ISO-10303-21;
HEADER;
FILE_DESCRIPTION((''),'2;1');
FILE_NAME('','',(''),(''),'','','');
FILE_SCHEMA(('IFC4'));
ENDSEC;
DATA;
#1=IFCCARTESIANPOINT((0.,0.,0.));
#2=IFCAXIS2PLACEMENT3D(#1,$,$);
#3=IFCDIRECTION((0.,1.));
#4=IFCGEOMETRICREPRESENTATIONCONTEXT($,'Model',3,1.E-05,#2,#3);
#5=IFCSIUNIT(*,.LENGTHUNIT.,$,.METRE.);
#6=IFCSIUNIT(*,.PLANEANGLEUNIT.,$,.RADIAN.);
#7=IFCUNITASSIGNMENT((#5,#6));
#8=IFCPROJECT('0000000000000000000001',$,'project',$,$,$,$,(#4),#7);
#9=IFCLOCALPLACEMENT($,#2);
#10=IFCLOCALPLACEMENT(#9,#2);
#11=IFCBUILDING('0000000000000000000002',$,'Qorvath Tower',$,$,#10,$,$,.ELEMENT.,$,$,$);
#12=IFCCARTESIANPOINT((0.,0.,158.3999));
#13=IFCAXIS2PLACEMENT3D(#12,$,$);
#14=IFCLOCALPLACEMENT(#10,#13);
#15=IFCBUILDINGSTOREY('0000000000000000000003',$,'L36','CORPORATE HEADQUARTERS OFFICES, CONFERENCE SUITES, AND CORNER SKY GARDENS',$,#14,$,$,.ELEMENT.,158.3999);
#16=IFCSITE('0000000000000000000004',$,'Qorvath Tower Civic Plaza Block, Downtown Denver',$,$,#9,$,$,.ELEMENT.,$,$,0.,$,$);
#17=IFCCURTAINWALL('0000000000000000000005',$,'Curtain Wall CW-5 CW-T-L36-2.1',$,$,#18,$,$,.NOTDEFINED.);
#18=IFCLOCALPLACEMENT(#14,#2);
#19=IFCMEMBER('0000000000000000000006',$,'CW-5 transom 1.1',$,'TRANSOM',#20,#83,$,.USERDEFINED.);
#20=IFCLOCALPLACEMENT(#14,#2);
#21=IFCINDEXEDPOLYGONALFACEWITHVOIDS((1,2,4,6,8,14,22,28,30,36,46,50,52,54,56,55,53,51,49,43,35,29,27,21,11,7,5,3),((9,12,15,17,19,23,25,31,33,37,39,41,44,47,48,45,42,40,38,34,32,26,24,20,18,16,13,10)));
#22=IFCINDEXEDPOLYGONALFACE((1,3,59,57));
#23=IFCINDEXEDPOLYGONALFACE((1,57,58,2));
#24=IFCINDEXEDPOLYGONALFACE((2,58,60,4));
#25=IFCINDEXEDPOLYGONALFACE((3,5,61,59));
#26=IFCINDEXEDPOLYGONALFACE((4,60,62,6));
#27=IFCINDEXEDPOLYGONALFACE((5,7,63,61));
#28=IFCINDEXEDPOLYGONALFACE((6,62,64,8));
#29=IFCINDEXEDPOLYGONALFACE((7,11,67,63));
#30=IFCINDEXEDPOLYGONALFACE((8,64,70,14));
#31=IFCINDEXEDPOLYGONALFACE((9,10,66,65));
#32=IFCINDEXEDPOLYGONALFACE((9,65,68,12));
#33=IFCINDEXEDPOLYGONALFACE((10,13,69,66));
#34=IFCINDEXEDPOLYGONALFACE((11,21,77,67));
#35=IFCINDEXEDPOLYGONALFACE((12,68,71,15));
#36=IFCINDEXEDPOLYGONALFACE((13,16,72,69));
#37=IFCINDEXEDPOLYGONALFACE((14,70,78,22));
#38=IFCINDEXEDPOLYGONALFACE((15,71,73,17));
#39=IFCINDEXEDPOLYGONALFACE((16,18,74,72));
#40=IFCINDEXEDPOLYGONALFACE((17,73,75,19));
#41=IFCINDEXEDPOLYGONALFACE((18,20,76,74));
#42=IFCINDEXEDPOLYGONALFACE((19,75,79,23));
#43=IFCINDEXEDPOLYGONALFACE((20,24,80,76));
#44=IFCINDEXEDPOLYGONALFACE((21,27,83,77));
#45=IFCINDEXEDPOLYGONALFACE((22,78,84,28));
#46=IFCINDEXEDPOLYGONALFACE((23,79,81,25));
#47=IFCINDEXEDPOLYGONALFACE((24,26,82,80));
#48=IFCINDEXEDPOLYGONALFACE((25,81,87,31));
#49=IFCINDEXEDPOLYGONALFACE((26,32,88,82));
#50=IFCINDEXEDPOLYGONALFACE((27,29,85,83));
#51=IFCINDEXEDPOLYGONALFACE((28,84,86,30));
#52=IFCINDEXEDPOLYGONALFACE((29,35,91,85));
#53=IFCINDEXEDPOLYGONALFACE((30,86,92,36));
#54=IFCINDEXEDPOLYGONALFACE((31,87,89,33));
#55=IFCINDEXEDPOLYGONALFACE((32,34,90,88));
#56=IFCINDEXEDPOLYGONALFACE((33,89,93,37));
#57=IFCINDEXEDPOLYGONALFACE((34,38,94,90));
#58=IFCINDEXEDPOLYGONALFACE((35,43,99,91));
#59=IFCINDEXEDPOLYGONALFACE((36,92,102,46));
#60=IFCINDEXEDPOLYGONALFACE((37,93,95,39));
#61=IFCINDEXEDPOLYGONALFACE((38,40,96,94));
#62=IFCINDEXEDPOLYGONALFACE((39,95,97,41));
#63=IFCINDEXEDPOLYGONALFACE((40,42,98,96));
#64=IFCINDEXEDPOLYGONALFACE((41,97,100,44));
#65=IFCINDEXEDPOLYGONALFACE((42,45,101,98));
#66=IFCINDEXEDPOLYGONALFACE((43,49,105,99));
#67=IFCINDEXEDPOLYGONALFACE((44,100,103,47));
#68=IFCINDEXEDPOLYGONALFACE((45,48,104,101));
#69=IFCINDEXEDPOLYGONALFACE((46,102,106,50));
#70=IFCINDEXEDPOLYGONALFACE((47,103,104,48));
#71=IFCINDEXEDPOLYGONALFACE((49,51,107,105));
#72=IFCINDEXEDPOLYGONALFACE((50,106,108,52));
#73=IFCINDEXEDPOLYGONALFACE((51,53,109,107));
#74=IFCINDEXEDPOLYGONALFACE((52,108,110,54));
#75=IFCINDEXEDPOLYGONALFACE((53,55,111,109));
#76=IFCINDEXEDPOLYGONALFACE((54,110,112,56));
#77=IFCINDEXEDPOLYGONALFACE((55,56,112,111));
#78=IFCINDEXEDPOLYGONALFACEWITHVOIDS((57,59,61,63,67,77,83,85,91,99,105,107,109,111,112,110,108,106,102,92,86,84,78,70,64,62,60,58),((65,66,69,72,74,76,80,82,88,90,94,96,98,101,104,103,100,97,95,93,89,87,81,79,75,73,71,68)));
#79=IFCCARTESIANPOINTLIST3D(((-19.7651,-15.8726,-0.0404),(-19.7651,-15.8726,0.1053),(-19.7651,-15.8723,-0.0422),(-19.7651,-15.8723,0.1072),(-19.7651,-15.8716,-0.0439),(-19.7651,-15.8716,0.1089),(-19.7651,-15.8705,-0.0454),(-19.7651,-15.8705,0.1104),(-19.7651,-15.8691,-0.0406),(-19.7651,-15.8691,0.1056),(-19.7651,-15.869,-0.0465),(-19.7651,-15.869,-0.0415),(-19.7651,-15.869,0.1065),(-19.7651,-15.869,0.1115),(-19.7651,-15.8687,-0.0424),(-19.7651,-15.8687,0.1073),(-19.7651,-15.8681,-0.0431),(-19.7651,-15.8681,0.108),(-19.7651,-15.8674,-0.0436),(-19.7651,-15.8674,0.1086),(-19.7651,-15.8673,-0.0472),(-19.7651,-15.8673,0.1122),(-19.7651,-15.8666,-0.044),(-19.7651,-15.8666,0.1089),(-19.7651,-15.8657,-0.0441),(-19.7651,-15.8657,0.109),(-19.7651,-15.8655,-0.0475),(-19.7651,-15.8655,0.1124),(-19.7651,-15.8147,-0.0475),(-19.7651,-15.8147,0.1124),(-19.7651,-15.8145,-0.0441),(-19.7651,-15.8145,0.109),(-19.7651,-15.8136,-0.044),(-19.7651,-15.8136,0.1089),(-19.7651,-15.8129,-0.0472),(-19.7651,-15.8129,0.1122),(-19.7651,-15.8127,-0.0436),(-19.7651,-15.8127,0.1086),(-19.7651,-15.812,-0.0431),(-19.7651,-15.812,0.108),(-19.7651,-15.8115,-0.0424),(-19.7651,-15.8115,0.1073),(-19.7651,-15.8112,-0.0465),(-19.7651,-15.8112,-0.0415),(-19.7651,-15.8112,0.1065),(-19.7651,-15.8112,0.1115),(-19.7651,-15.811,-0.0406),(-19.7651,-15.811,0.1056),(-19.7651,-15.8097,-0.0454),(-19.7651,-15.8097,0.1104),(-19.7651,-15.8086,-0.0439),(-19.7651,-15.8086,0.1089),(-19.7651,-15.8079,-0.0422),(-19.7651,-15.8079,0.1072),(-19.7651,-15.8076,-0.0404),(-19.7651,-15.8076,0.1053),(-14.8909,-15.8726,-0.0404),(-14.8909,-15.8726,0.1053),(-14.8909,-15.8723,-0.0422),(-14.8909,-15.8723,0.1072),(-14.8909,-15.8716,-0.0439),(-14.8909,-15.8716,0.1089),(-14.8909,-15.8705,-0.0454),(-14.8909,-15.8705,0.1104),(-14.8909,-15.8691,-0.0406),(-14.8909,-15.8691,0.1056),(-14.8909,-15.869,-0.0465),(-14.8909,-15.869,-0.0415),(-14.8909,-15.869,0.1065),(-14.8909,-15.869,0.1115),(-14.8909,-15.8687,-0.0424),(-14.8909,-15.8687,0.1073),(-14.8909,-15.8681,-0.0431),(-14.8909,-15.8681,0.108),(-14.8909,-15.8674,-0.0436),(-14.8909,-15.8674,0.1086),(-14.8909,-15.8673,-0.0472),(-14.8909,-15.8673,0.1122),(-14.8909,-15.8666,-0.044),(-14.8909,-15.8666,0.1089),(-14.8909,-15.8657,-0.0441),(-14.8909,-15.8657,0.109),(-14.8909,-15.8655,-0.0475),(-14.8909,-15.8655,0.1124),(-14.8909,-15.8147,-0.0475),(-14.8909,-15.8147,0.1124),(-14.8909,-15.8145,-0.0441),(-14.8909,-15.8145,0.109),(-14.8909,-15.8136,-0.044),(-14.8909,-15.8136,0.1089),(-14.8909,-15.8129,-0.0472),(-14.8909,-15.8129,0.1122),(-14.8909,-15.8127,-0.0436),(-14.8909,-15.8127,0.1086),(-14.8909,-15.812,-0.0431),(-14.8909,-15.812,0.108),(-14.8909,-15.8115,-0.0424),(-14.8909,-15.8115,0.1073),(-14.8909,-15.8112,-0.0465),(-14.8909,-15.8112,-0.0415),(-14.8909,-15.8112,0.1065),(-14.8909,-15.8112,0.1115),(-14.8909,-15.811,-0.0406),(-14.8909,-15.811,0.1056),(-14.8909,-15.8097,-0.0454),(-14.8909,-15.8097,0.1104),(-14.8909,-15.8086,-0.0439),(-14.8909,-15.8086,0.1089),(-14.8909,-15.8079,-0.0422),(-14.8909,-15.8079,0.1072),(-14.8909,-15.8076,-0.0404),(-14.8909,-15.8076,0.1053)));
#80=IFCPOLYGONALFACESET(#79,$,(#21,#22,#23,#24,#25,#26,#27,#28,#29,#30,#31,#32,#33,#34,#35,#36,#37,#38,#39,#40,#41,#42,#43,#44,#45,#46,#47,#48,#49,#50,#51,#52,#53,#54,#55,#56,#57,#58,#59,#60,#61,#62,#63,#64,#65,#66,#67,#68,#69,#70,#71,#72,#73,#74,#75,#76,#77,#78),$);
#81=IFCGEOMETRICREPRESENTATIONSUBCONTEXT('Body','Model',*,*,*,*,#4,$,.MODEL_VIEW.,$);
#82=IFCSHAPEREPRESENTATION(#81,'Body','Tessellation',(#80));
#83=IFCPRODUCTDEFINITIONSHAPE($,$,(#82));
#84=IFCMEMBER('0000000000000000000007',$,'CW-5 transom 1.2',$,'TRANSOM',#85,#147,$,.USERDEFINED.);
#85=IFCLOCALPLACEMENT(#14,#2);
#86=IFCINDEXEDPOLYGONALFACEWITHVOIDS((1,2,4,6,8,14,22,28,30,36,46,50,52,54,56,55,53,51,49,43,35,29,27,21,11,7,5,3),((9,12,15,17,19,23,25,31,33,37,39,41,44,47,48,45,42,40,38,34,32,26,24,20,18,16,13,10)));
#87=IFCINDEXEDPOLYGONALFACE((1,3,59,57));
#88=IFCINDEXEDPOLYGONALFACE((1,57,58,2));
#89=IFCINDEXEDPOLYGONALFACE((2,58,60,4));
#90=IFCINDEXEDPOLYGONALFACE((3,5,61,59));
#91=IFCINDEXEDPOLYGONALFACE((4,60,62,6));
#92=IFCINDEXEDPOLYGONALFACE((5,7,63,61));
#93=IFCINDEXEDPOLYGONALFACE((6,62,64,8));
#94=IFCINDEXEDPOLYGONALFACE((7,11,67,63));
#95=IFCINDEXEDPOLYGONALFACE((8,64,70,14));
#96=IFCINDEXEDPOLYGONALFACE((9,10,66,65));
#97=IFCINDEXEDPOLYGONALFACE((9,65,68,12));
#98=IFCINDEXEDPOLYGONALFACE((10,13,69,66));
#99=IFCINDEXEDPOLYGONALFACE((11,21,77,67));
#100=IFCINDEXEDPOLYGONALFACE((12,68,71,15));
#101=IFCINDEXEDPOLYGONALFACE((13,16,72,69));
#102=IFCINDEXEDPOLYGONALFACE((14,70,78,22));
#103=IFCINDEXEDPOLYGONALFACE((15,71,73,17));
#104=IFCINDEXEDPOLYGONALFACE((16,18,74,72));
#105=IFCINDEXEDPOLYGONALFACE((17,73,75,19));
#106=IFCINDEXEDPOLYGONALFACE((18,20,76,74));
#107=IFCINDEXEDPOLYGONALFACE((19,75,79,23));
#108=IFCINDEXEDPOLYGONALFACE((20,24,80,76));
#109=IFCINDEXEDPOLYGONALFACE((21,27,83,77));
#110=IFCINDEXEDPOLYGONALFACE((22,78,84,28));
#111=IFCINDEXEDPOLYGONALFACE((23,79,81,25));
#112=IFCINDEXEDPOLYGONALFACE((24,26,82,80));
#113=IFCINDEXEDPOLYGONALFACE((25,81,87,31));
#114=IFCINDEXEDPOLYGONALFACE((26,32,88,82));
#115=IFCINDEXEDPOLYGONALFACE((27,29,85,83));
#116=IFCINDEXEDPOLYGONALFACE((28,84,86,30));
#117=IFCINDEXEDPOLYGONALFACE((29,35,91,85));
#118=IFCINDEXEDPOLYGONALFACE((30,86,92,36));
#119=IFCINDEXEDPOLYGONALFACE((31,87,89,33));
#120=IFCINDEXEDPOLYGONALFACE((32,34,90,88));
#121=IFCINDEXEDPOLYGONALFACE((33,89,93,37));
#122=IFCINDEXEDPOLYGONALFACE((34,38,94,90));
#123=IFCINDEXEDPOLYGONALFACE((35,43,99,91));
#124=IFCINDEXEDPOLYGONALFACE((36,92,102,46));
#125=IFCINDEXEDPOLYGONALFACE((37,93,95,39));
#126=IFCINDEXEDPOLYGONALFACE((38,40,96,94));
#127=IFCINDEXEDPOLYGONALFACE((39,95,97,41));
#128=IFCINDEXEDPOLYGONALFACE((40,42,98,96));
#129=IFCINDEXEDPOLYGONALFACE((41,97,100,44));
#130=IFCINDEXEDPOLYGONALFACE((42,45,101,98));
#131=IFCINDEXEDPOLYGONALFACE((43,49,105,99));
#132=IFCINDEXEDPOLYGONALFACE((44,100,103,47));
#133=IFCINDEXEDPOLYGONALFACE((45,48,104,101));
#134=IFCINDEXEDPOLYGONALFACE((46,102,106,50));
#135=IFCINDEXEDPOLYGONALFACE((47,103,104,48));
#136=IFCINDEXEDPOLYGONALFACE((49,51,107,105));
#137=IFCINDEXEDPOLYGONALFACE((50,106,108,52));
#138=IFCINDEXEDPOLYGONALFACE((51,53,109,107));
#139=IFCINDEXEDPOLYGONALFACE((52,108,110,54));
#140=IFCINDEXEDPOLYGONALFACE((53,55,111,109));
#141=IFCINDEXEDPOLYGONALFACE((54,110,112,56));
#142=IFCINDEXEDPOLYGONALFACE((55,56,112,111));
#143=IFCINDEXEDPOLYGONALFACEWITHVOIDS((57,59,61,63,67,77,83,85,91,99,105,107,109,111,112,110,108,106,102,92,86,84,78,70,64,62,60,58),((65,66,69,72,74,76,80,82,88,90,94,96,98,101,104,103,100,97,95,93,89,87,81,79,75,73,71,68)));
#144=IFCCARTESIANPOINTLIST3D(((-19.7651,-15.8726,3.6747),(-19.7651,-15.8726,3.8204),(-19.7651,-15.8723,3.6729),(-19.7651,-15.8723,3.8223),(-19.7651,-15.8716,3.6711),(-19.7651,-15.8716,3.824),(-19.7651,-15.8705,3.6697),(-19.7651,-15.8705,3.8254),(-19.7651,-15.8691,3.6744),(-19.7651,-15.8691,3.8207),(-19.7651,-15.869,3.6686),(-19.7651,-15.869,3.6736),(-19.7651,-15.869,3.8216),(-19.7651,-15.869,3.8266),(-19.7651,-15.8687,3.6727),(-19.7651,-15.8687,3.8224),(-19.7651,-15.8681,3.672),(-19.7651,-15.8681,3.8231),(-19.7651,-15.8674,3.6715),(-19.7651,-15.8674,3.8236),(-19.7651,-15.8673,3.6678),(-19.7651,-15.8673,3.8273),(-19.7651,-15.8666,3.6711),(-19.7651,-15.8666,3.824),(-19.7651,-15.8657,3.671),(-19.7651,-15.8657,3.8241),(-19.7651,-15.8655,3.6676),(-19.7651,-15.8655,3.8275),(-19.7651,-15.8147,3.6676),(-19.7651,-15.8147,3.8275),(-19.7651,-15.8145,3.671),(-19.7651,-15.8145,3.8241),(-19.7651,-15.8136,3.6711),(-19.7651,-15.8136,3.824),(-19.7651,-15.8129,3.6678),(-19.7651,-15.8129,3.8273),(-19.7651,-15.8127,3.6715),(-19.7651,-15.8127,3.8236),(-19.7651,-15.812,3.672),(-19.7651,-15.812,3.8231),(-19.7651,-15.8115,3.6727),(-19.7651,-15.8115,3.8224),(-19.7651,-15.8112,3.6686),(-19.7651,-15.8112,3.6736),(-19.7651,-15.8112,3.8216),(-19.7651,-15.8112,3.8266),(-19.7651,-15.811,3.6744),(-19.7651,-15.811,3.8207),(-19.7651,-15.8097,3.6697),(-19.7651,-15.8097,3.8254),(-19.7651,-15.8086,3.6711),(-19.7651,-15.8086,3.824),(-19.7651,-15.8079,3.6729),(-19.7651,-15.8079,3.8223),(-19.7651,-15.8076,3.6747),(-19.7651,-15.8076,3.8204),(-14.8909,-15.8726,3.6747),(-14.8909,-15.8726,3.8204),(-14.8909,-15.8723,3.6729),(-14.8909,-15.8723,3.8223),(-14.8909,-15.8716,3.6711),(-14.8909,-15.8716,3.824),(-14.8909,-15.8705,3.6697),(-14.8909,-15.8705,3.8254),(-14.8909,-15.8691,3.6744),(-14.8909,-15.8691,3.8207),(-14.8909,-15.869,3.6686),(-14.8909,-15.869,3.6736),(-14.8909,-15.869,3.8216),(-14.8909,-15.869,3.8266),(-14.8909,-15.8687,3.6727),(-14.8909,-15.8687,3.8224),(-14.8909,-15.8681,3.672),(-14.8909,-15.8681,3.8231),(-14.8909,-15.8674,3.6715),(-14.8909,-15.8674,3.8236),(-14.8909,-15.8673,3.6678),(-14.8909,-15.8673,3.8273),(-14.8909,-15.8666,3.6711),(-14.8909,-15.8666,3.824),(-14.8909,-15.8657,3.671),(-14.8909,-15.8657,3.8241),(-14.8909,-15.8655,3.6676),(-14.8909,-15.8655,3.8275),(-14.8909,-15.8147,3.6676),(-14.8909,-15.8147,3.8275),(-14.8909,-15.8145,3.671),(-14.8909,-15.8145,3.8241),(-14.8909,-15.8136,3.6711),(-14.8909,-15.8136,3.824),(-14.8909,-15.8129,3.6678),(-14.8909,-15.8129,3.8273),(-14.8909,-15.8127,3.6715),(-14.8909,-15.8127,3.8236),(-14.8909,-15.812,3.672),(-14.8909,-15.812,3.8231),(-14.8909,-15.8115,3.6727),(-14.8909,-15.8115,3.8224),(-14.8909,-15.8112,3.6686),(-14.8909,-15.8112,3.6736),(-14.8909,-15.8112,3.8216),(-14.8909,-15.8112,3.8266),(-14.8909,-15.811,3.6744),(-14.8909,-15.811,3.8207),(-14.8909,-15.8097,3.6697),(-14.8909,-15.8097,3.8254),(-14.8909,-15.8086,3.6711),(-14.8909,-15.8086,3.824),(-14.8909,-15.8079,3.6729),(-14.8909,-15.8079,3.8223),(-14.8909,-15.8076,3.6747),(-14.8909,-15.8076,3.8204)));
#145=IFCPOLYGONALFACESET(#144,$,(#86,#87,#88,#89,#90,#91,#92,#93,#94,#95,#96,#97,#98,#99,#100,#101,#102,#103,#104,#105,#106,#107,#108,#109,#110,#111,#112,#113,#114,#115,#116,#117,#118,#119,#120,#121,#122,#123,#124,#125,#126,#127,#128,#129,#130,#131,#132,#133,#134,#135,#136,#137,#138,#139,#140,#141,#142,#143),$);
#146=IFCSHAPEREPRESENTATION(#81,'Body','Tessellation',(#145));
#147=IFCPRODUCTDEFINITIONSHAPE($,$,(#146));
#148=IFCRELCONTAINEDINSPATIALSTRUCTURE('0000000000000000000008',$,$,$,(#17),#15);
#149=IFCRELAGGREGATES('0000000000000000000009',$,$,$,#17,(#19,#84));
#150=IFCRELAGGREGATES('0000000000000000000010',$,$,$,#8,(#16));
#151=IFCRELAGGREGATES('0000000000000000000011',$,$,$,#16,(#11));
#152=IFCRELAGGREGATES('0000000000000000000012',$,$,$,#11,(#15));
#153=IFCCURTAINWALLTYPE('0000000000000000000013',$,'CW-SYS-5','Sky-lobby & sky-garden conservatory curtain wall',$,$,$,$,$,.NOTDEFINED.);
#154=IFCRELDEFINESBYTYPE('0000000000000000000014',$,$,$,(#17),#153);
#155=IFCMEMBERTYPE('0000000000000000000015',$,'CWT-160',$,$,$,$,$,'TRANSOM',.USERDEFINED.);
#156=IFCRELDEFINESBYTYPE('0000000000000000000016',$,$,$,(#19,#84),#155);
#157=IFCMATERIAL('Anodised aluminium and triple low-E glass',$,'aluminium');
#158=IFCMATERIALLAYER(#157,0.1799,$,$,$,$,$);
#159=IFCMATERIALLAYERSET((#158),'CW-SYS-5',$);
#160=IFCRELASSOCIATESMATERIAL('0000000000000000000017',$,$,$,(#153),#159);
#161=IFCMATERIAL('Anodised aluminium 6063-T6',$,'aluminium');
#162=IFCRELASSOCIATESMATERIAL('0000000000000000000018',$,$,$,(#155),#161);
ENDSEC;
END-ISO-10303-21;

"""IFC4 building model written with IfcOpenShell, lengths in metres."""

from ifc_helpers import new_model, si_unit, direction, frame, origin, origin_2d, place, context, subcontext, project, spatial, hollow_rectangle, extrude, material, layer, layer_set, material_profile, profile_set, type_object, element, aggregate, save


model = new_model("IFC4")

# Units and contexts
model_context = context("Model", 3, precision=1e-05, world=origin(), true_north=direction((0.0, 1.0)))
body_context = subcontext(model_context, "Body", "Model", "MODEL_VIEW")
ifc_project = project(units=[si_unit("LENGTHUNIT", "METRE"), si_unit("PLANEANGLEUNIT", "RADIAN")], contexts=[model_context])

# Site, building, storey
site_placement = place(None, origin())
site = spatial("IfcSite", under=ifc_project, at=site_placement, Name="Qorvath Tower Civic Plaza Block, Downtown Denver", CompositionType="ELEMENT", RefElevation=0.0)
building_placement = place(site_placement, origin())
building = spatial("IfcBuilding", under=site, at=building_placement, Name="Qorvath Tower", CompositionType="ELEMENT")
storey_placement = place(building_placement, frame((0.0, 0.0, 158.3999)))
storey = spatial("IfcBuildingStorey", under=building, at=storey_placement, Name="L36", Description="CORPORATE HEADQUARTERS OFFICES, CONFERENCE SUITES, AND CORNER SKY GARDENS", CompositionType="ELEMENT", Elevation=158.3999)

# Curtain wall, members
ifc_material_1 = material(Name="Anodised aluminium and triple low-E glass", Category="aluminium")
ifc_layer_1 = layer(ifc_material_1, 0.1799)
ifc_layer_set_1 = layer_set([ifc_layer_1], Name="CW-SYS-5")
curtain_wall_type = type_object("IfcCurtainWallType", Name="CW-SYS-5", Description="Sky-lobby & sky-garden conservatory curtain wall", PredefinedType="NOTDEFINED", material=ifc_layer_set_1)
curtain_wall_placement = place(storey_placement, origin())
curtain_wall = element("IfcCurtainWall", 1, at=curtain_wall_placement, inside=storey, type_object=curtain_wall_type, Name="Curtain Wall CW-5 CW-T-L36-2.1", PredefinedType="NOTDEFINED")
ifc_material_2 = material(Name="Anodised aluminium 6063-T6", Category="aluminium")
ifc_material_profile_1 = material_profile(ifc_material_2, hollow_rectangle(XDim=0.0649, YDim=0.1599, WallThickness=0.0034, InnerFilletRadius=0.0034, OuterFilletRadius=0.0071, at=origin_2d()), Name="CWT 160x65")
ifc_profile_set_1 = profile_set([ifc_material_profile_1], Name="Anodised aluminium 6063-T6")
member_type_1 = type_object("IfcMemberType", Name="CWT-160", ElementType="TRANSOM", PredefinedType="USERDEFINED", material=ifc_profile_set_1)
member_1_placement = place(storey_placement, frame((-19.7651, -15.8401, 0.0325), z_axis=(1.0, 0.0, 0.0), x_axis=(0.0, 1.0, 0.0)))
member_1 = element("IfcMember", 2, at=member_1_placement, type_object=member_type_1, Name="CW-5 transom 1.1", ObjectType="TRANSOM", PredefinedType="USERDEFINED", context=body_context, shape_type="SweptSolid", body=[
    extrude(hollow_rectangle(XDim=0.0649, YDim=0.1599, WallThickness=0.0034, InnerFilletRadius=0.0034, OuterFilletRadius=0.0071, at=origin_2d()), origin(), (0.0, 0.0, 1.0), 4.8743),
])
member_2_placement = place(storey_placement, frame((-19.7651, -15.8401, 3.7476), z_axis=(1.0, 0.0, 0.0), x_axis=(0.0, 1.0, 0.0)))
member_2 = element("IfcMember", 3, at=member_2_placement, type_object=member_type_1, Name="CW-5 transom 1.2", ObjectType="TRANSOM", PredefinedType="USERDEFINED", context=body_context, shape_type="SweptSolid", body=[
    extrude(hollow_rectangle(XDim=0.0649, YDim=0.1599, WallThickness=0.0034, InnerFilletRadius=0.0034, OuterFilletRadius=0.0071, at=origin_2d()), origin(), (0.0, 0.0, 1.0), 4.8743),
])

aggregate(curtain_wall, [member_1, member_2])

save(model, "model.ifc")
